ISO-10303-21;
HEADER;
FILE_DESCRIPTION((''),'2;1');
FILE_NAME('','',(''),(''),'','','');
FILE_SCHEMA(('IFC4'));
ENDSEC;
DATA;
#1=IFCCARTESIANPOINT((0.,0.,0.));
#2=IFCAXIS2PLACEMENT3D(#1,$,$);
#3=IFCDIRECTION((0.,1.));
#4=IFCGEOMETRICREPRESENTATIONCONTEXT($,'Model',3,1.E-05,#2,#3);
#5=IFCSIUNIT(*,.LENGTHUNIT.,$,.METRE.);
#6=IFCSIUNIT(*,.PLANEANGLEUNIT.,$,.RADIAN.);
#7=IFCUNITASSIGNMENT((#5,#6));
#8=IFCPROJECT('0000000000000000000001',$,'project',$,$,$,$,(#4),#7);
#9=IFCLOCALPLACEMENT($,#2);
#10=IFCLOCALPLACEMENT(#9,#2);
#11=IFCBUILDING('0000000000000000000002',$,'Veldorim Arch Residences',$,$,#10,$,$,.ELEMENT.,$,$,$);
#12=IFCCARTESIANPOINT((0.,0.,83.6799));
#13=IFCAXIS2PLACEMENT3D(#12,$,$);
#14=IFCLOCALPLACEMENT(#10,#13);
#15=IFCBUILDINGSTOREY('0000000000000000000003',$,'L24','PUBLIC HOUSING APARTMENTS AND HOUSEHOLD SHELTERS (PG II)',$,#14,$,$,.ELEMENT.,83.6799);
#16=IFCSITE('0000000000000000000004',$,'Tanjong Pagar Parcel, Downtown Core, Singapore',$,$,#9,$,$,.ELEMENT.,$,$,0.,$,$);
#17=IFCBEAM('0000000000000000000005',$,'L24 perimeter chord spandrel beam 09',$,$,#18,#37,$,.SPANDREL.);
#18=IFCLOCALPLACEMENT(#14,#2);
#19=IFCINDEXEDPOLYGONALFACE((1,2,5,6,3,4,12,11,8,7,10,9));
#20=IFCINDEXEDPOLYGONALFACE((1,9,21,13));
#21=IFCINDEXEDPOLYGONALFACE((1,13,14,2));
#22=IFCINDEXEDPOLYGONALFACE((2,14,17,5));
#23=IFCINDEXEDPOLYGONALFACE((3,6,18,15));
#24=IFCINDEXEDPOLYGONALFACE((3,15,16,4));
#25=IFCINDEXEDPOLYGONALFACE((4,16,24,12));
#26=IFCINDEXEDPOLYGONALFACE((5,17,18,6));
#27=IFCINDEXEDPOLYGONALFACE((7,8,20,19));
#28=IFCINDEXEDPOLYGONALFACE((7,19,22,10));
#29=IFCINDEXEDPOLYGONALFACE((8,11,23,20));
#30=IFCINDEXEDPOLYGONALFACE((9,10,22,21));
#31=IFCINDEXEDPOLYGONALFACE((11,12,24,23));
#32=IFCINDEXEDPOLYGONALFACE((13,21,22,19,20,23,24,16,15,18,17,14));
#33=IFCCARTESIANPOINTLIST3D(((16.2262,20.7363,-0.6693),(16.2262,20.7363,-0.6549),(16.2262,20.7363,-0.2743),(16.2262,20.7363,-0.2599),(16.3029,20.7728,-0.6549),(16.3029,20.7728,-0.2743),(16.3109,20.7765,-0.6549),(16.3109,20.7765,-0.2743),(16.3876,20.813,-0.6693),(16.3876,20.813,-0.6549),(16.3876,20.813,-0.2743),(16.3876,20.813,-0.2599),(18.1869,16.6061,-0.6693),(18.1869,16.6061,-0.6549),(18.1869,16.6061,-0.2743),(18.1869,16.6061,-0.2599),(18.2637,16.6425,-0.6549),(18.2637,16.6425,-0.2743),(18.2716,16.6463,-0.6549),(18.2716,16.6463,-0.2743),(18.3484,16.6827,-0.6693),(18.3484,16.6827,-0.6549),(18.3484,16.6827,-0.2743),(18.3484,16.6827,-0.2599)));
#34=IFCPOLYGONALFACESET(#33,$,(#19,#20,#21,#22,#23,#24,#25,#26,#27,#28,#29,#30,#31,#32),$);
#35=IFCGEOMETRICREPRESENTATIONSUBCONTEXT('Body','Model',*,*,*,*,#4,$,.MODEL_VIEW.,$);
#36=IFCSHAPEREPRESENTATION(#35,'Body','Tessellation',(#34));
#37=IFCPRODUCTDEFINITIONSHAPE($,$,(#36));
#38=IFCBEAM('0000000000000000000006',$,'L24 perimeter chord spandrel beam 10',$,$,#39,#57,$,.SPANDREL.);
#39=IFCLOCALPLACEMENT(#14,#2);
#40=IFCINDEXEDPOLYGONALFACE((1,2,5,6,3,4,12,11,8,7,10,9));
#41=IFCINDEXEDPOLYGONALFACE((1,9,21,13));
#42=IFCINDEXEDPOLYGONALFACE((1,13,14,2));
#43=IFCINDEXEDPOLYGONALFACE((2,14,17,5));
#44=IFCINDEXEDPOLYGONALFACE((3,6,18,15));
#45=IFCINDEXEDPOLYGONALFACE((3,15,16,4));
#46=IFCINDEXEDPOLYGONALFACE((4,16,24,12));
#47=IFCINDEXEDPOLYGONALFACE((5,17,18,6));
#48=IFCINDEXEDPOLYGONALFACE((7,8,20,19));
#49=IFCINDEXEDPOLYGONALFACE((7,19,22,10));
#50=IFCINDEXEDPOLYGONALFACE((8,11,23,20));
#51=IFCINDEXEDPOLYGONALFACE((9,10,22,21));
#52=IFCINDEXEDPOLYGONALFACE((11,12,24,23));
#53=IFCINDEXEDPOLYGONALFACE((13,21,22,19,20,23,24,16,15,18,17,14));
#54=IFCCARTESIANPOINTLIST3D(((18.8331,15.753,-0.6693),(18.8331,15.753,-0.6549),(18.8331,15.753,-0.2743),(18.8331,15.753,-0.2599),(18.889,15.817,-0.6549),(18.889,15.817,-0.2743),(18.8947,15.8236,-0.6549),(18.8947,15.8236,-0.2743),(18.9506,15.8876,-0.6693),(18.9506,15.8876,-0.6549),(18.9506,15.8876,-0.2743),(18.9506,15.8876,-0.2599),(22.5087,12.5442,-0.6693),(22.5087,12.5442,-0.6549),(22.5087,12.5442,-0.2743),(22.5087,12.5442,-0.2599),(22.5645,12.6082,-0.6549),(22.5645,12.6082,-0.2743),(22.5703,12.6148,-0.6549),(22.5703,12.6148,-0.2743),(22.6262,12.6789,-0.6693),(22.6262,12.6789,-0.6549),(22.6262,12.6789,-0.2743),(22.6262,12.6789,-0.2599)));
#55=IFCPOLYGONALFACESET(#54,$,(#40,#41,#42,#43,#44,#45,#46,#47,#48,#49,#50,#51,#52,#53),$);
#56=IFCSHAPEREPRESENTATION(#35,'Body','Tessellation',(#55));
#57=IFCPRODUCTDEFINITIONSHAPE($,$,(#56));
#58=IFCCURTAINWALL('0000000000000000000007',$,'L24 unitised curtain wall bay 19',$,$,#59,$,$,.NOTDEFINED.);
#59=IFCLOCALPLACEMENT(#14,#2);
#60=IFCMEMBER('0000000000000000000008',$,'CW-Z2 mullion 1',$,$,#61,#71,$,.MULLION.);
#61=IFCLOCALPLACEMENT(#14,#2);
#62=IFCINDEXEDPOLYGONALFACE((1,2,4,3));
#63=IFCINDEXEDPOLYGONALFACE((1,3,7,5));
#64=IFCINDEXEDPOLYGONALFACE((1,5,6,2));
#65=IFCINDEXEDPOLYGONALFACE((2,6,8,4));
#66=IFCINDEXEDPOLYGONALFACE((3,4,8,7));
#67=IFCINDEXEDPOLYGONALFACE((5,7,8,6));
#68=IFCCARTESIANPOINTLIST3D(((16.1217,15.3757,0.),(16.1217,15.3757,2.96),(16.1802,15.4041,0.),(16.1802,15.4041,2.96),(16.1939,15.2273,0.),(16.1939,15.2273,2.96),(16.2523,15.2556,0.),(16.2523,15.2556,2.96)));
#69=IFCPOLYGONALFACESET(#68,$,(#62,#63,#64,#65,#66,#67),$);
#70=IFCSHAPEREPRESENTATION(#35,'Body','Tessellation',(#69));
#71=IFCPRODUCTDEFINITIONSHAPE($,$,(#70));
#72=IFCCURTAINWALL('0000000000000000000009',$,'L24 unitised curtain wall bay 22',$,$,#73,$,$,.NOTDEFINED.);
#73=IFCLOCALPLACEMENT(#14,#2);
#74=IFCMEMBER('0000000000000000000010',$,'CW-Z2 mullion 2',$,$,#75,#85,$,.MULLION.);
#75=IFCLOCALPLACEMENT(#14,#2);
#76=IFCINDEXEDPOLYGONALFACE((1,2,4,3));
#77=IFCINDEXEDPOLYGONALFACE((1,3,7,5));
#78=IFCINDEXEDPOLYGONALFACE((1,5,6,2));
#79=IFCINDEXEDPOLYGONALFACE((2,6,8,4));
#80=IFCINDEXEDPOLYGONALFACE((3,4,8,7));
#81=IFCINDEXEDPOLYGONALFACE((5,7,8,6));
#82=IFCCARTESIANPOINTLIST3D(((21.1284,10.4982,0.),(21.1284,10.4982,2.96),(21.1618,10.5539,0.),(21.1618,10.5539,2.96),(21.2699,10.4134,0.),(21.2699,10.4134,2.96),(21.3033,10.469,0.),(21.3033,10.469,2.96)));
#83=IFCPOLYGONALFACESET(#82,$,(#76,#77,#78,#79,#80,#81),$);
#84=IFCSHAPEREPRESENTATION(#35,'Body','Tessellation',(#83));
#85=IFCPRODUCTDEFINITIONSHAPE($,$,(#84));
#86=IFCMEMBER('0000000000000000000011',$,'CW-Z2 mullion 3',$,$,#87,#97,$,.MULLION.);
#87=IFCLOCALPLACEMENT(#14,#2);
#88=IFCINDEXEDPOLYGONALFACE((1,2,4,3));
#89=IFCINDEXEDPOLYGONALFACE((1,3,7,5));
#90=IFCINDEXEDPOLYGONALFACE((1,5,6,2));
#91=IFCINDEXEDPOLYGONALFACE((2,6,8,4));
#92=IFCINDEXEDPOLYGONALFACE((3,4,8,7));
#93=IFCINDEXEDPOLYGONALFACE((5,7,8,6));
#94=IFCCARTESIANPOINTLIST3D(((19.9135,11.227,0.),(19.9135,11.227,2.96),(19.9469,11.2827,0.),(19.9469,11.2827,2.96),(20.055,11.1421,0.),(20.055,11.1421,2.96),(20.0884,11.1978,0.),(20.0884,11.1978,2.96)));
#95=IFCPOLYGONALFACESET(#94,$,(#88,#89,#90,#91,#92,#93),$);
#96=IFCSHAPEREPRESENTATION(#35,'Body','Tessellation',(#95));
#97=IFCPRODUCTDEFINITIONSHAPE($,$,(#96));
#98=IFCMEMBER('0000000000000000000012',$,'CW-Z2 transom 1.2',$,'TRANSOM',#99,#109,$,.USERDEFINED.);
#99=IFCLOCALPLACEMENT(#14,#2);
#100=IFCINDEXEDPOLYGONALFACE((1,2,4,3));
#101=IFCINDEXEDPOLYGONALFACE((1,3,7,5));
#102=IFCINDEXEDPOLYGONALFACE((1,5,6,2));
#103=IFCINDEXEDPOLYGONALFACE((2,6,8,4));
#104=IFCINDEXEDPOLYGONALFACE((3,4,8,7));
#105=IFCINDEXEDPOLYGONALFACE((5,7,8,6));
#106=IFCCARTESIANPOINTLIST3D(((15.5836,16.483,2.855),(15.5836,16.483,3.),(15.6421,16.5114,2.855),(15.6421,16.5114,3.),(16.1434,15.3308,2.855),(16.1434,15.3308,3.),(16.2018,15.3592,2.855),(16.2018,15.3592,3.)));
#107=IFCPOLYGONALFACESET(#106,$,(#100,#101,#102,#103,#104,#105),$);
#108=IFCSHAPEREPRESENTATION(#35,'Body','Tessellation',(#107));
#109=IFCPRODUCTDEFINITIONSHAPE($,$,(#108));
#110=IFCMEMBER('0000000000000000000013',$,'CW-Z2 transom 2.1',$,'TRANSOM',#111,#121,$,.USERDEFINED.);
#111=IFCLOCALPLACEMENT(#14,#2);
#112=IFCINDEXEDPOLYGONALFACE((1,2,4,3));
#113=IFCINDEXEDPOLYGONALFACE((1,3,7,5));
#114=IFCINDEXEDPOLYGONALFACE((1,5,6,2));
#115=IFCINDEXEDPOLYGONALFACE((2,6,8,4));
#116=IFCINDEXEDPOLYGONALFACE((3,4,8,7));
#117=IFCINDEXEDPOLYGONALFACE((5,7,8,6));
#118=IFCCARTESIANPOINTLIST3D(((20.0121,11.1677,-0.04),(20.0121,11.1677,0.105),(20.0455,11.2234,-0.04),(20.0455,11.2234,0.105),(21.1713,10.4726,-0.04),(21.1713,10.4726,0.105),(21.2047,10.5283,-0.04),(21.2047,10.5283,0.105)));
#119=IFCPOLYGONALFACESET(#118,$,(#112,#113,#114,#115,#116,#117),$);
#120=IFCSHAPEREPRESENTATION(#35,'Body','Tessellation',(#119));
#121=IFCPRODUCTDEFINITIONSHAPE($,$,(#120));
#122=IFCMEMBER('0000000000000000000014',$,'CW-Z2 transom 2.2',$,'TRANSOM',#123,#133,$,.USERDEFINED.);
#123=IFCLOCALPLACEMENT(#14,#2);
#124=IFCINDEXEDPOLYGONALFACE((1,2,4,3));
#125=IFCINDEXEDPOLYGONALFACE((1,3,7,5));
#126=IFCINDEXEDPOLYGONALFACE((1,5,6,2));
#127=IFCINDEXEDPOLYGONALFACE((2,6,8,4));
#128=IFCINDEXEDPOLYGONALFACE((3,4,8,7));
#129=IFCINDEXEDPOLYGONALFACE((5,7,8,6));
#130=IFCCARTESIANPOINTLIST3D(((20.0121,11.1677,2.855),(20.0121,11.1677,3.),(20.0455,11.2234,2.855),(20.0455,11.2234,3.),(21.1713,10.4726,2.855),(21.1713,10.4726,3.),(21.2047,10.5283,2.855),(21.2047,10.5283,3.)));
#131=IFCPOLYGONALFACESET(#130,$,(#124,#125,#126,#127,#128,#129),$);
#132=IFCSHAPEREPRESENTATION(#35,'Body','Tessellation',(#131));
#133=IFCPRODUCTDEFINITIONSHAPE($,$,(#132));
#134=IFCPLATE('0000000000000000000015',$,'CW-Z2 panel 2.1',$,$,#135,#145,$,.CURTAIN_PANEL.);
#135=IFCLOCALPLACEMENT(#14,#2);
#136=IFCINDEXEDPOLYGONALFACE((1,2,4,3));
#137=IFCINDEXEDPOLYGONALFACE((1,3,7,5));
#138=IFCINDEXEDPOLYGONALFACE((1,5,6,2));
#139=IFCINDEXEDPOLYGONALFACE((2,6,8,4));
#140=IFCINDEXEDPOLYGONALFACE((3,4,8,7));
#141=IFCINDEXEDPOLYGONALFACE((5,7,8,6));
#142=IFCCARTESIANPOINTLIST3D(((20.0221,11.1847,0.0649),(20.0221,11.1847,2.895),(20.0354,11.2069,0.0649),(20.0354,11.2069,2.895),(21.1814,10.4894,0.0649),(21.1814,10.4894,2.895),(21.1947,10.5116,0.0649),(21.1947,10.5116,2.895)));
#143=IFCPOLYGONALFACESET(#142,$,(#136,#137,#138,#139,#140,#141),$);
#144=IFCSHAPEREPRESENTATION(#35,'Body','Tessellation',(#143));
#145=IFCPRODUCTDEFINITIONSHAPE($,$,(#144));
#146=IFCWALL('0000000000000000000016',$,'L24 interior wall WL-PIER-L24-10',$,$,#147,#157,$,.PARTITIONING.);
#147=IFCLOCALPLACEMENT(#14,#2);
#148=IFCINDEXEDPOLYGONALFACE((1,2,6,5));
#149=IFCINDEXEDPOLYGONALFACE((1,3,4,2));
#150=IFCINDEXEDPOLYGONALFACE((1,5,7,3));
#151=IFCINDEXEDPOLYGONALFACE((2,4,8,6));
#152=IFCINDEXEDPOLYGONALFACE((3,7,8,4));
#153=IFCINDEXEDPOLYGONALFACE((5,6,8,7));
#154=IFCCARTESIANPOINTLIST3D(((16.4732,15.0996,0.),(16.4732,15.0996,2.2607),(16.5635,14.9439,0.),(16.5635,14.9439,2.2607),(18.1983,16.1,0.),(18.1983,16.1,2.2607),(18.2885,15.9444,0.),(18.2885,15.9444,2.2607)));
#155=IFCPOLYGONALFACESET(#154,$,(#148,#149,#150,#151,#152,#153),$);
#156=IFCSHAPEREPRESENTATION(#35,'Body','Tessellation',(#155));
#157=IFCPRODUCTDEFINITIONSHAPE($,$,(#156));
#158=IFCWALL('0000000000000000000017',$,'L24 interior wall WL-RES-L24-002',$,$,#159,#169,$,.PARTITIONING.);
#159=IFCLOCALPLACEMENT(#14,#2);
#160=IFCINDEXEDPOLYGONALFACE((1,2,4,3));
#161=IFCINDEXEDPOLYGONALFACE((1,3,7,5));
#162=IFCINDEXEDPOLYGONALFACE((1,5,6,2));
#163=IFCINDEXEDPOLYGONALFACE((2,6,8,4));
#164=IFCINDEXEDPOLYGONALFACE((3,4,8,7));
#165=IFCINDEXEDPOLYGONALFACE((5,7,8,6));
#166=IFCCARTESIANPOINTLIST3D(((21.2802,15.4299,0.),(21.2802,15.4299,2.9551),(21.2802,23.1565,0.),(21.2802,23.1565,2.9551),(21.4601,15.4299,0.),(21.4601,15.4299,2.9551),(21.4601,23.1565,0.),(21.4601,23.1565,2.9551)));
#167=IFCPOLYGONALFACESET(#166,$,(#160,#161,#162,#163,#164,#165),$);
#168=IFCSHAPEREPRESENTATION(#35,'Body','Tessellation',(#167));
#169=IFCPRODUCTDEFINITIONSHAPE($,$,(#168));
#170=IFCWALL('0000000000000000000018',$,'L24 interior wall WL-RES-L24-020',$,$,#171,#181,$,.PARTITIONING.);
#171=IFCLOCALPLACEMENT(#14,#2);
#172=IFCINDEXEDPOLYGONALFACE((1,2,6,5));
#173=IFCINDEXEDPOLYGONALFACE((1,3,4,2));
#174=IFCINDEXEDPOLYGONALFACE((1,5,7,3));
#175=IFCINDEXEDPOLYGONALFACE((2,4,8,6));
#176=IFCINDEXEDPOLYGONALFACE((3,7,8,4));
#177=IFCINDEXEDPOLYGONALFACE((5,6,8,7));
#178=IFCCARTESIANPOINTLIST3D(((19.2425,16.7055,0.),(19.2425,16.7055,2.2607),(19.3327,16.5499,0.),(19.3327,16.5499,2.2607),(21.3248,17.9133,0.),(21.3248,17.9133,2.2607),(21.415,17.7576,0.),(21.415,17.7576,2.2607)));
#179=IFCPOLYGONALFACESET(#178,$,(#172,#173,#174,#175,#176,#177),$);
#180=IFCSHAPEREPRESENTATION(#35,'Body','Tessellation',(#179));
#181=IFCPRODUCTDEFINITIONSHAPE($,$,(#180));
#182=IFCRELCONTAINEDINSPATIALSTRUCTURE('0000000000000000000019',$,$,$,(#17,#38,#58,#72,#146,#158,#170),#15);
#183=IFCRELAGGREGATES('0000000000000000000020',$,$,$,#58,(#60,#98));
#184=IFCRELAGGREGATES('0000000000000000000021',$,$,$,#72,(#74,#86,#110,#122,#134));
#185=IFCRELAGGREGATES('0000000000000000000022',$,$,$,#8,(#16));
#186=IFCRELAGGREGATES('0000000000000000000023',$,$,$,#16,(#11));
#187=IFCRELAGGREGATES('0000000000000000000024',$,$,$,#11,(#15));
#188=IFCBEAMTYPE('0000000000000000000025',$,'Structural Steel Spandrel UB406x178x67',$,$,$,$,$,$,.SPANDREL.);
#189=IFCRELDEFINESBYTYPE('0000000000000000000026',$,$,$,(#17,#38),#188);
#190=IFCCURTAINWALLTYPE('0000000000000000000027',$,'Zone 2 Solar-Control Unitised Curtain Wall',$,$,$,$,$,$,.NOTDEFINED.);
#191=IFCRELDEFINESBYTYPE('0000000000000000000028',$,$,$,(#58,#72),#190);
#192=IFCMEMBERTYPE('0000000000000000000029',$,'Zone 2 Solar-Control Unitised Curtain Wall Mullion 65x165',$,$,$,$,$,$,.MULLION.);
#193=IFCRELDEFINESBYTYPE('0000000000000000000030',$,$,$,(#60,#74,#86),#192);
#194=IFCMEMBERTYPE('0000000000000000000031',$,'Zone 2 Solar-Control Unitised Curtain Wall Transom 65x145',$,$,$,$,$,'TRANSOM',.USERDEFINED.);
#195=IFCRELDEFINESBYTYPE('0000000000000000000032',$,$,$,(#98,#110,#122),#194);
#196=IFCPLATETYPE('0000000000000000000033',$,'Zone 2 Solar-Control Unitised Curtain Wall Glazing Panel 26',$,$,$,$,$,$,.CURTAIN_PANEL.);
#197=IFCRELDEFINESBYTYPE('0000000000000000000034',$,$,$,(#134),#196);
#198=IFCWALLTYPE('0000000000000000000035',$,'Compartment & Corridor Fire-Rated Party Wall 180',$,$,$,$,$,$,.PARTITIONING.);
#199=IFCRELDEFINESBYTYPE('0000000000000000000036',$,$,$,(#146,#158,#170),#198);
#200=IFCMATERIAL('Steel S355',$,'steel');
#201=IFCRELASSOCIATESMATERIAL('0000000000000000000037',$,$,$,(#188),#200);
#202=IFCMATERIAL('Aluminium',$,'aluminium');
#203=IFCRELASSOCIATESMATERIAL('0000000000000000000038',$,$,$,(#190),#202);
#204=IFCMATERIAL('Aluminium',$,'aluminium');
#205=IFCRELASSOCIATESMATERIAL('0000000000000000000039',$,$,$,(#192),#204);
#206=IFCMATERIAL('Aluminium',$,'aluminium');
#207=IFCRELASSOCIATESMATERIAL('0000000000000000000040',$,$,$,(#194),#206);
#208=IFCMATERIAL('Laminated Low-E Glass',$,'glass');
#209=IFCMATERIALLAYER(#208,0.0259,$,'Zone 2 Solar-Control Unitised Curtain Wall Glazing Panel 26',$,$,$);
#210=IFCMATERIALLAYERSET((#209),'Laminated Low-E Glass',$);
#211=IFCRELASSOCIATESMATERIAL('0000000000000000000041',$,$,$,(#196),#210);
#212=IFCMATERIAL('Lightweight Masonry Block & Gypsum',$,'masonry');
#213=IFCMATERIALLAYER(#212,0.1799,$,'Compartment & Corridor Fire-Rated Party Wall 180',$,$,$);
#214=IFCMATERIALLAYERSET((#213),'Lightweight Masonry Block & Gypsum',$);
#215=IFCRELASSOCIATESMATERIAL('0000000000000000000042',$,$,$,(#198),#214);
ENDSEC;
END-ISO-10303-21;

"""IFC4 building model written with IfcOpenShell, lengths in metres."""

from ifc_helpers import new_model, si_unit, direction, frame, frame_2d, origin, origin_2d, place, context, subcontext, project, spatial, rectangle, i_section, extrude, material, layer, layer_set, material_profile, profile_set, type_object, element, aggregate, save


model = new_model("IFC4")

# Units and contexts
model_context = context("Model", 3, precision=1e-05, world=origin(), true_north=direction((0.0, 1.0)))
body_context = subcontext(model_context, "Body", "Model", "MODEL_VIEW")
ifc_project = project(units=[si_unit("LENGTHUNIT", "METRE"), si_unit("PLANEANGLEUNIT", "RADIAN")], contexts=[model_context])

# Site, building, storey
site_placement = place(None, origin())
site = spatial("IfcSite", under=ifc_project, at=site_placement, Name="Tanjong Pagar Parcel, Downtown Core, Singapore", CompositionType="ELEMENT", RefElevation=0.0)
building_placement = place(site_placement, origin())
building = spatial("IfcBuilding", under=site, at=building_placement, Name="Veldorim Arch Residences", CompositionType="ELEMENT")
storey_placement = place(building_placement, frame((0.0, 0.0, 83.6799)))
storey = spatial("IfcBuildingStorey", under=building, at=storey_placement, Name="L24", Description="PUBLIC HOUSING APARTMENTS AND HOUSEHOLD SHELTERS (PG II)", CompositionType="ELEMENT", Elevation=83.6799)

# Beams
ifc_material_1 = material(Name="Steel S355", Category="steel")
ifc_material_profile_1 = material_profile(ifc_material_1, i_section(OverallWidth=0.1787, OverallDepth=0.4094, WebThickness=0.0088, FlangeThickness=0.0144, at=origin_2d()), Name="UB406x178x67")
ifc_profile_set_1 = profile_set([ifc_material_profile_1], Name="Steel S355")
beam_type_1 = type_object("IfcBeamType", Name="Structural Steel Spandrel UB406x178x67", PredefinedType="SPANDREL", material=ifc_profile_set_1)
beam_1_placement = place(storey_placement, frame((16.3069, 20.7747, -0.4646), z_axis=(0.428857, -0.903372, 0.0), x_axis=(0.903372, 0.428857, 0.0)))
element("IfcBeam", 1, at=beam_1_placement, inside=storey, type_object=beam_type_1, Name="L24 perimeter chord spandrel beam 09", PredefinedType="SPANDREL", context=body_context, shape_type="SweptSolid", body=[
    extrude(i_section(OverallWidth=0.1787, OverallDepth=0.4094, WebThickness=0.0088, FlangeThickness=0.0144, at=origin_2d()), origin(), (0.0, 0.0, 1.0), 4.572),
])
beam_2_placement = place(storey_placement, frame((18.8918, 15.8203, -0.4646), z_axis=(0.753323, -0.65765, 0.0), x_axis=(0.65765, 0.753323, 0.0)))
element("IfcBeam", 2, at=beam_2_placement, inside=storey, type_object=beam_type_1, Name="L24 perimeter chord spandrel beam 10", PredefinedType="SPANDREL", context=body_context, shape_type="SweptSolid", body=[
    extrude(i_section(OverallWidth=0.1787, OverallDepth=0.4094, WebThickness=0.0088, FlangeThickness=0.0144, at=origin_2d()), origin(), (0.0, 0.0, 1.0), 4.8792),
])

# Curtain wall, member
ifc_material_2 = material(Name="Aluminium", Category="aluminium")
curtain_wall_type = type_object("IfcCurtainWallType", Name="Zone 2 Solar-Control Unitised Curtain Wall", PredefinedType="NOTDEFINED", material=ifc_material_2)
curtain_wall_1_placement = place(storey_placement, origin())
curtain_wall_1 = element("IfcCurtainWall", 3, at=curtain_wall_1_placement, inside=storey, type_object=curtain_wall_type, Name="L24 unitised curtain wall bay 19", PredefinedType="NOTDEFINED")
ifc_material_3 = material(Name="Aluminium", Category="aluminium")
ifc_material_profile_2 = material_profile(ifc_material_3, rectangle(XDim=0.0649, YDim=0.165, at=origin_2d()), Name="ALU_MUL_65x165")
ifc_profile_set_2 = profile_set([ifc_material_profile_2], Name="Aluminium")
member_type_1 = type_object("IfcMemberType", Name="Zone 2 Solar-Control Unitised Curtain Wall Mullion 65x165", PredefinedType="MULLION", material=ifc_profile_set_2)
member_1_placement = place(storey_placement, frame((16.187, 15.3157, 0.0), z_axis=(0.0, 0.0, 1.0), x_axis=(-0.899439, -0.437046, 0.0)))
member_1 = element("IfcMember", 4, at=member_1_placement, type_object=member_type_1, Name="CW-Z2 mullion 1", PredefinedType="MULLION", context=body_context, shape_type="SweptSolid", body=[
    extrude(rectangle(XDim=0.0649, YDim=0.165, at=origin_2d()), origin(), (0.0, 0.0, 1.0), 2.96),
])

# Curtain wall, members
curtain_wall_2_placement = place(storey_placement, origin())
curtain_wall_2 = element("IfcCurtainWall", 5, at=curtain_wall_2_placement, inside=storey, type_object=curtain_wall_type, Name="L24 unitised curtain wall bay 22", PredefinedType="NOTDEFINED")
member_2_placement = place(storey_placement, frame((21.2158, 10.4836, 0.0), z_axis=(0.0, 0.0, 1.0), x_axis=(-0.514313, -0.857602, 0.0)))
member_2 = element("IfcMember", 6, at=member_2_placement, type_object=member_type_1, Name="CW-Z2 mullion 2", PredefinedType="MULLION", context=body_context, shape_type="SweptSolid", body=[
    extrude(rectangle(XDim=0.0649, YDim=0.165, at=origin_2d()), origin(), (0.0, 0.0, 1.0), 2.96),
])
member_3_placement = place(storey_placement, frame((20.001, 11.2124, 0.0), z_axis=(0.0, 0.0, 1.0), x_axis=(-0.514313, -0.857602, 0.0)))
member_3 = element("IfcMember", 7, at=member_3_placement, type_object=member_type_1, Name="CW-Z2 mullion 3", PredefinedType="MULLION", context=body_context, shape_type="SweptSolid", body=[
    extrude(rectangle(XDim=0.0649, YDim=0.165, at=origin_2d()), origin(), (0.0, 0.0, 1.0), 2.96),
])

# Members
ifc_material_4 = material(Name="Aluminium", Category="aluminium")
ifc_material_profile_3 = material_profile(ifc_material_4, rectangle(XDim=0.0649, YDim=0.145, at=origin_2d()), Name="ALU_TRN_65x145")
ifc_profile_set_3 = profile_set([ifc_material_profile_3], Name="Aluminium")
member_type_2 = type_object("IfcMemberType", Name="Zone 2 Solar-Control Unitised Curtain Wall Transom 65x145", ElementType="TRANSOM", PredefinedType="USERDEFINED", material=ifc_profile_set_3)
member_4_placement = place(storey_placement, frame((16.1726, 15.345, 2.9275), z_axis=(-0.43697, 0.899476, 0.0), x_axis=(-0.899476, -0.43697, 0.0)))
member_4 = element("IfcMember", 8, at=member_4_placement, type_object=member_type_2, Name="CW-Z2 transom 1.2", ObjectType="TRANSOM", PredefinedType="USERDEFINED", context=body_context, shape_type="SweptSolid", body=[
    extrude(rectangle(XDim=0.0649, YDim=0.145, at=origin_2d()), origin(), (0.0, 0.0, 1.0), 1.281),
])
aggregate(curtain_wall_1, [member_1, member_4])
member_5_placement = place(storey_placement, frame((21.188, 10.5005, 0.0325), z_axis=(-0.857636, 0.514257, 0.0), x_axis=(-0.514257, -0.857636, 0.0)))
member_5 = element("IfcMember", 9, at=member_5_placement, type_object=member_type_2, Name="CW-Z2 transom 2.1", ObjectType="TRANSOM", PredefinedType="USERDEFINED", context=body_context, shape_type="SweptSolid", body=[
    extrude(rectangle(XDim=0.0649, YDim=0.145, at=origin_2d()), origin(), (0.0, 0.0, 1.0), 1.3516),
])
member_6_placement = place(storey_placement, frame((21.188, 10.5005, 2.9275), z_axis=(-0.857636, 0.514257, 0.0), x_axis=(-0.514257, -0.857636, 0.0)))
member_6 = element("IfcMember", 10, at=member_6_placement, type_object=member_type_2, Name="CW-Z2 transom 2.2", ObjectType="TRANSOM", PredefinedType="USERDEFINED", context=body_context, shape_type="SweptSolid", body=[
    extrude(rectangle(XDim=0.0649, YDim=0.145, at=origin_2d()), origin(), (0.0, 0.0, 1.0), 1.3516),
])

# Plate
ifc_material_5 = material(Name="Laminated Low-E Glass", Category="glass")
ifc_layer_1 = layer(ifc_material_5, 0.0259, Name="Zone 2 Solar-Control Unitised Curtain Wall Glazing Panel 26")
ifc_layer_set_1 = layer_set([ifc_layer_1], Name="Laminated Low-E Glass")
plate_type = type_object("IfcPlateType", Name="Zone 2 Solar-Control Unitised Curtain Wall Glazing Panel 26", PredefinedType="CURTAIN_PANEL", material=ifc_layer_set_1)
plate_placement = place(storey_placement, frame((20.6084, 10.8481, 0.0649), z_axis=(0.0, 0.0, 1.0), x_axis=(-0.857602, 0.514313, 0.0)))
plate = element("IfcPlate", 11, at=plate_placement, type_object=plate_type, Name="CW-Z2 panel 2.1", PredefinedType="CURTAIN_PANEL", context=body_context, shape_type="SweptSolid", body=[
    extrude(rectangle(XDim=1.3518, YDim=0.0259, at=origin_2d()), origin(), (0.0, 0.0, 1.0), 2.8301),
])
aggregate(curtain_wall_2, [member_2, member_3, member_5, member_6, plate])

# Walls
ifc_material_6 = material(Name="Lightweight Masonry Block & Gypsum", Category="masonry")
ifc_layer_2 = layer(ifc_material_6, 0.1799, Name="Compartment & Corridor Fire-Rated Party Wall 180")
ifc_layer_set_2 = layer_set([ifc_layer_2], Name="Lightweight Masonry Block & Gypsum")
wall_type_1 = type_object("IfcWallType", Name="Compartment & Corridor Fire-Rated Party Wall 180", PredefinedType="PARTITIONING", material=ifc_layer_set_2)
wall_1_placement = place(storey_placement, frame((18.2434, 16.0222, 0.0), z_axis=(0.0, 0.0, 1.0), x_axis=(-0.865046, -0.501692, 0.0)))
element("IfcWall", 12, at=wall_1_placement, inside=storey, type_object=wall_type_1, Name="L24 interior wall WL-PIER-L24-10", PredefinedType="PARTITIONING", context=body_context, shape_type="SweptSolid", body=[
    extrude(rectangle(XDim=1.9941, YDim=0.1799, at=frame_2d((0.9971, 0.0))), origin(), (0.0, 0.0, 1.0), 2.2607),
])
wall_2_placement = place(storey_placement, frame((21.3701, 15.4299, 0.0), z_axis=(0.0, 0.0, 1.0), x_axis=(0.0, 1.0, 0.0)))
element("IfcWall", 13, at=wall_2_placement, inside=storey, type_object=wall_type_1, Name="L24 interior wall WL-RES-L24-002", PredefinedType="PARTITIONING", context=body_context, shape_type="SweptSolid", body=[
    extrude(rectangle(XDim=7.7266, YDim=0.1799, at=frame_2d((3.8633, 0.0))), origin(), (0.0, 0.0, 1.0), 2.9551),
])
wall_3_placement = place(storey_placement, frame((19.2876, 16.6277, 0.0), z_axis=(0.0, 0.0, 1.0), x_axis=(0.865023, 0.501732, 0.0)))
element("IfcWall", 14, at=wall_3_placement, inside=storey, type_object=wall_type_1, Name="L24 interior wall WL-RES-L24-020", PredefinedType="PARTITIONING", context=body_context, shape_type="SweptSolid", body=[
    extrude(rectangle(XDim=2.4072, YDim=0.1799, at=frame_2d((1.2036, 0.0))), origin(), (0.0, 0.0, 1.0), 2.2607),
])

save(model, "model.ifc")
